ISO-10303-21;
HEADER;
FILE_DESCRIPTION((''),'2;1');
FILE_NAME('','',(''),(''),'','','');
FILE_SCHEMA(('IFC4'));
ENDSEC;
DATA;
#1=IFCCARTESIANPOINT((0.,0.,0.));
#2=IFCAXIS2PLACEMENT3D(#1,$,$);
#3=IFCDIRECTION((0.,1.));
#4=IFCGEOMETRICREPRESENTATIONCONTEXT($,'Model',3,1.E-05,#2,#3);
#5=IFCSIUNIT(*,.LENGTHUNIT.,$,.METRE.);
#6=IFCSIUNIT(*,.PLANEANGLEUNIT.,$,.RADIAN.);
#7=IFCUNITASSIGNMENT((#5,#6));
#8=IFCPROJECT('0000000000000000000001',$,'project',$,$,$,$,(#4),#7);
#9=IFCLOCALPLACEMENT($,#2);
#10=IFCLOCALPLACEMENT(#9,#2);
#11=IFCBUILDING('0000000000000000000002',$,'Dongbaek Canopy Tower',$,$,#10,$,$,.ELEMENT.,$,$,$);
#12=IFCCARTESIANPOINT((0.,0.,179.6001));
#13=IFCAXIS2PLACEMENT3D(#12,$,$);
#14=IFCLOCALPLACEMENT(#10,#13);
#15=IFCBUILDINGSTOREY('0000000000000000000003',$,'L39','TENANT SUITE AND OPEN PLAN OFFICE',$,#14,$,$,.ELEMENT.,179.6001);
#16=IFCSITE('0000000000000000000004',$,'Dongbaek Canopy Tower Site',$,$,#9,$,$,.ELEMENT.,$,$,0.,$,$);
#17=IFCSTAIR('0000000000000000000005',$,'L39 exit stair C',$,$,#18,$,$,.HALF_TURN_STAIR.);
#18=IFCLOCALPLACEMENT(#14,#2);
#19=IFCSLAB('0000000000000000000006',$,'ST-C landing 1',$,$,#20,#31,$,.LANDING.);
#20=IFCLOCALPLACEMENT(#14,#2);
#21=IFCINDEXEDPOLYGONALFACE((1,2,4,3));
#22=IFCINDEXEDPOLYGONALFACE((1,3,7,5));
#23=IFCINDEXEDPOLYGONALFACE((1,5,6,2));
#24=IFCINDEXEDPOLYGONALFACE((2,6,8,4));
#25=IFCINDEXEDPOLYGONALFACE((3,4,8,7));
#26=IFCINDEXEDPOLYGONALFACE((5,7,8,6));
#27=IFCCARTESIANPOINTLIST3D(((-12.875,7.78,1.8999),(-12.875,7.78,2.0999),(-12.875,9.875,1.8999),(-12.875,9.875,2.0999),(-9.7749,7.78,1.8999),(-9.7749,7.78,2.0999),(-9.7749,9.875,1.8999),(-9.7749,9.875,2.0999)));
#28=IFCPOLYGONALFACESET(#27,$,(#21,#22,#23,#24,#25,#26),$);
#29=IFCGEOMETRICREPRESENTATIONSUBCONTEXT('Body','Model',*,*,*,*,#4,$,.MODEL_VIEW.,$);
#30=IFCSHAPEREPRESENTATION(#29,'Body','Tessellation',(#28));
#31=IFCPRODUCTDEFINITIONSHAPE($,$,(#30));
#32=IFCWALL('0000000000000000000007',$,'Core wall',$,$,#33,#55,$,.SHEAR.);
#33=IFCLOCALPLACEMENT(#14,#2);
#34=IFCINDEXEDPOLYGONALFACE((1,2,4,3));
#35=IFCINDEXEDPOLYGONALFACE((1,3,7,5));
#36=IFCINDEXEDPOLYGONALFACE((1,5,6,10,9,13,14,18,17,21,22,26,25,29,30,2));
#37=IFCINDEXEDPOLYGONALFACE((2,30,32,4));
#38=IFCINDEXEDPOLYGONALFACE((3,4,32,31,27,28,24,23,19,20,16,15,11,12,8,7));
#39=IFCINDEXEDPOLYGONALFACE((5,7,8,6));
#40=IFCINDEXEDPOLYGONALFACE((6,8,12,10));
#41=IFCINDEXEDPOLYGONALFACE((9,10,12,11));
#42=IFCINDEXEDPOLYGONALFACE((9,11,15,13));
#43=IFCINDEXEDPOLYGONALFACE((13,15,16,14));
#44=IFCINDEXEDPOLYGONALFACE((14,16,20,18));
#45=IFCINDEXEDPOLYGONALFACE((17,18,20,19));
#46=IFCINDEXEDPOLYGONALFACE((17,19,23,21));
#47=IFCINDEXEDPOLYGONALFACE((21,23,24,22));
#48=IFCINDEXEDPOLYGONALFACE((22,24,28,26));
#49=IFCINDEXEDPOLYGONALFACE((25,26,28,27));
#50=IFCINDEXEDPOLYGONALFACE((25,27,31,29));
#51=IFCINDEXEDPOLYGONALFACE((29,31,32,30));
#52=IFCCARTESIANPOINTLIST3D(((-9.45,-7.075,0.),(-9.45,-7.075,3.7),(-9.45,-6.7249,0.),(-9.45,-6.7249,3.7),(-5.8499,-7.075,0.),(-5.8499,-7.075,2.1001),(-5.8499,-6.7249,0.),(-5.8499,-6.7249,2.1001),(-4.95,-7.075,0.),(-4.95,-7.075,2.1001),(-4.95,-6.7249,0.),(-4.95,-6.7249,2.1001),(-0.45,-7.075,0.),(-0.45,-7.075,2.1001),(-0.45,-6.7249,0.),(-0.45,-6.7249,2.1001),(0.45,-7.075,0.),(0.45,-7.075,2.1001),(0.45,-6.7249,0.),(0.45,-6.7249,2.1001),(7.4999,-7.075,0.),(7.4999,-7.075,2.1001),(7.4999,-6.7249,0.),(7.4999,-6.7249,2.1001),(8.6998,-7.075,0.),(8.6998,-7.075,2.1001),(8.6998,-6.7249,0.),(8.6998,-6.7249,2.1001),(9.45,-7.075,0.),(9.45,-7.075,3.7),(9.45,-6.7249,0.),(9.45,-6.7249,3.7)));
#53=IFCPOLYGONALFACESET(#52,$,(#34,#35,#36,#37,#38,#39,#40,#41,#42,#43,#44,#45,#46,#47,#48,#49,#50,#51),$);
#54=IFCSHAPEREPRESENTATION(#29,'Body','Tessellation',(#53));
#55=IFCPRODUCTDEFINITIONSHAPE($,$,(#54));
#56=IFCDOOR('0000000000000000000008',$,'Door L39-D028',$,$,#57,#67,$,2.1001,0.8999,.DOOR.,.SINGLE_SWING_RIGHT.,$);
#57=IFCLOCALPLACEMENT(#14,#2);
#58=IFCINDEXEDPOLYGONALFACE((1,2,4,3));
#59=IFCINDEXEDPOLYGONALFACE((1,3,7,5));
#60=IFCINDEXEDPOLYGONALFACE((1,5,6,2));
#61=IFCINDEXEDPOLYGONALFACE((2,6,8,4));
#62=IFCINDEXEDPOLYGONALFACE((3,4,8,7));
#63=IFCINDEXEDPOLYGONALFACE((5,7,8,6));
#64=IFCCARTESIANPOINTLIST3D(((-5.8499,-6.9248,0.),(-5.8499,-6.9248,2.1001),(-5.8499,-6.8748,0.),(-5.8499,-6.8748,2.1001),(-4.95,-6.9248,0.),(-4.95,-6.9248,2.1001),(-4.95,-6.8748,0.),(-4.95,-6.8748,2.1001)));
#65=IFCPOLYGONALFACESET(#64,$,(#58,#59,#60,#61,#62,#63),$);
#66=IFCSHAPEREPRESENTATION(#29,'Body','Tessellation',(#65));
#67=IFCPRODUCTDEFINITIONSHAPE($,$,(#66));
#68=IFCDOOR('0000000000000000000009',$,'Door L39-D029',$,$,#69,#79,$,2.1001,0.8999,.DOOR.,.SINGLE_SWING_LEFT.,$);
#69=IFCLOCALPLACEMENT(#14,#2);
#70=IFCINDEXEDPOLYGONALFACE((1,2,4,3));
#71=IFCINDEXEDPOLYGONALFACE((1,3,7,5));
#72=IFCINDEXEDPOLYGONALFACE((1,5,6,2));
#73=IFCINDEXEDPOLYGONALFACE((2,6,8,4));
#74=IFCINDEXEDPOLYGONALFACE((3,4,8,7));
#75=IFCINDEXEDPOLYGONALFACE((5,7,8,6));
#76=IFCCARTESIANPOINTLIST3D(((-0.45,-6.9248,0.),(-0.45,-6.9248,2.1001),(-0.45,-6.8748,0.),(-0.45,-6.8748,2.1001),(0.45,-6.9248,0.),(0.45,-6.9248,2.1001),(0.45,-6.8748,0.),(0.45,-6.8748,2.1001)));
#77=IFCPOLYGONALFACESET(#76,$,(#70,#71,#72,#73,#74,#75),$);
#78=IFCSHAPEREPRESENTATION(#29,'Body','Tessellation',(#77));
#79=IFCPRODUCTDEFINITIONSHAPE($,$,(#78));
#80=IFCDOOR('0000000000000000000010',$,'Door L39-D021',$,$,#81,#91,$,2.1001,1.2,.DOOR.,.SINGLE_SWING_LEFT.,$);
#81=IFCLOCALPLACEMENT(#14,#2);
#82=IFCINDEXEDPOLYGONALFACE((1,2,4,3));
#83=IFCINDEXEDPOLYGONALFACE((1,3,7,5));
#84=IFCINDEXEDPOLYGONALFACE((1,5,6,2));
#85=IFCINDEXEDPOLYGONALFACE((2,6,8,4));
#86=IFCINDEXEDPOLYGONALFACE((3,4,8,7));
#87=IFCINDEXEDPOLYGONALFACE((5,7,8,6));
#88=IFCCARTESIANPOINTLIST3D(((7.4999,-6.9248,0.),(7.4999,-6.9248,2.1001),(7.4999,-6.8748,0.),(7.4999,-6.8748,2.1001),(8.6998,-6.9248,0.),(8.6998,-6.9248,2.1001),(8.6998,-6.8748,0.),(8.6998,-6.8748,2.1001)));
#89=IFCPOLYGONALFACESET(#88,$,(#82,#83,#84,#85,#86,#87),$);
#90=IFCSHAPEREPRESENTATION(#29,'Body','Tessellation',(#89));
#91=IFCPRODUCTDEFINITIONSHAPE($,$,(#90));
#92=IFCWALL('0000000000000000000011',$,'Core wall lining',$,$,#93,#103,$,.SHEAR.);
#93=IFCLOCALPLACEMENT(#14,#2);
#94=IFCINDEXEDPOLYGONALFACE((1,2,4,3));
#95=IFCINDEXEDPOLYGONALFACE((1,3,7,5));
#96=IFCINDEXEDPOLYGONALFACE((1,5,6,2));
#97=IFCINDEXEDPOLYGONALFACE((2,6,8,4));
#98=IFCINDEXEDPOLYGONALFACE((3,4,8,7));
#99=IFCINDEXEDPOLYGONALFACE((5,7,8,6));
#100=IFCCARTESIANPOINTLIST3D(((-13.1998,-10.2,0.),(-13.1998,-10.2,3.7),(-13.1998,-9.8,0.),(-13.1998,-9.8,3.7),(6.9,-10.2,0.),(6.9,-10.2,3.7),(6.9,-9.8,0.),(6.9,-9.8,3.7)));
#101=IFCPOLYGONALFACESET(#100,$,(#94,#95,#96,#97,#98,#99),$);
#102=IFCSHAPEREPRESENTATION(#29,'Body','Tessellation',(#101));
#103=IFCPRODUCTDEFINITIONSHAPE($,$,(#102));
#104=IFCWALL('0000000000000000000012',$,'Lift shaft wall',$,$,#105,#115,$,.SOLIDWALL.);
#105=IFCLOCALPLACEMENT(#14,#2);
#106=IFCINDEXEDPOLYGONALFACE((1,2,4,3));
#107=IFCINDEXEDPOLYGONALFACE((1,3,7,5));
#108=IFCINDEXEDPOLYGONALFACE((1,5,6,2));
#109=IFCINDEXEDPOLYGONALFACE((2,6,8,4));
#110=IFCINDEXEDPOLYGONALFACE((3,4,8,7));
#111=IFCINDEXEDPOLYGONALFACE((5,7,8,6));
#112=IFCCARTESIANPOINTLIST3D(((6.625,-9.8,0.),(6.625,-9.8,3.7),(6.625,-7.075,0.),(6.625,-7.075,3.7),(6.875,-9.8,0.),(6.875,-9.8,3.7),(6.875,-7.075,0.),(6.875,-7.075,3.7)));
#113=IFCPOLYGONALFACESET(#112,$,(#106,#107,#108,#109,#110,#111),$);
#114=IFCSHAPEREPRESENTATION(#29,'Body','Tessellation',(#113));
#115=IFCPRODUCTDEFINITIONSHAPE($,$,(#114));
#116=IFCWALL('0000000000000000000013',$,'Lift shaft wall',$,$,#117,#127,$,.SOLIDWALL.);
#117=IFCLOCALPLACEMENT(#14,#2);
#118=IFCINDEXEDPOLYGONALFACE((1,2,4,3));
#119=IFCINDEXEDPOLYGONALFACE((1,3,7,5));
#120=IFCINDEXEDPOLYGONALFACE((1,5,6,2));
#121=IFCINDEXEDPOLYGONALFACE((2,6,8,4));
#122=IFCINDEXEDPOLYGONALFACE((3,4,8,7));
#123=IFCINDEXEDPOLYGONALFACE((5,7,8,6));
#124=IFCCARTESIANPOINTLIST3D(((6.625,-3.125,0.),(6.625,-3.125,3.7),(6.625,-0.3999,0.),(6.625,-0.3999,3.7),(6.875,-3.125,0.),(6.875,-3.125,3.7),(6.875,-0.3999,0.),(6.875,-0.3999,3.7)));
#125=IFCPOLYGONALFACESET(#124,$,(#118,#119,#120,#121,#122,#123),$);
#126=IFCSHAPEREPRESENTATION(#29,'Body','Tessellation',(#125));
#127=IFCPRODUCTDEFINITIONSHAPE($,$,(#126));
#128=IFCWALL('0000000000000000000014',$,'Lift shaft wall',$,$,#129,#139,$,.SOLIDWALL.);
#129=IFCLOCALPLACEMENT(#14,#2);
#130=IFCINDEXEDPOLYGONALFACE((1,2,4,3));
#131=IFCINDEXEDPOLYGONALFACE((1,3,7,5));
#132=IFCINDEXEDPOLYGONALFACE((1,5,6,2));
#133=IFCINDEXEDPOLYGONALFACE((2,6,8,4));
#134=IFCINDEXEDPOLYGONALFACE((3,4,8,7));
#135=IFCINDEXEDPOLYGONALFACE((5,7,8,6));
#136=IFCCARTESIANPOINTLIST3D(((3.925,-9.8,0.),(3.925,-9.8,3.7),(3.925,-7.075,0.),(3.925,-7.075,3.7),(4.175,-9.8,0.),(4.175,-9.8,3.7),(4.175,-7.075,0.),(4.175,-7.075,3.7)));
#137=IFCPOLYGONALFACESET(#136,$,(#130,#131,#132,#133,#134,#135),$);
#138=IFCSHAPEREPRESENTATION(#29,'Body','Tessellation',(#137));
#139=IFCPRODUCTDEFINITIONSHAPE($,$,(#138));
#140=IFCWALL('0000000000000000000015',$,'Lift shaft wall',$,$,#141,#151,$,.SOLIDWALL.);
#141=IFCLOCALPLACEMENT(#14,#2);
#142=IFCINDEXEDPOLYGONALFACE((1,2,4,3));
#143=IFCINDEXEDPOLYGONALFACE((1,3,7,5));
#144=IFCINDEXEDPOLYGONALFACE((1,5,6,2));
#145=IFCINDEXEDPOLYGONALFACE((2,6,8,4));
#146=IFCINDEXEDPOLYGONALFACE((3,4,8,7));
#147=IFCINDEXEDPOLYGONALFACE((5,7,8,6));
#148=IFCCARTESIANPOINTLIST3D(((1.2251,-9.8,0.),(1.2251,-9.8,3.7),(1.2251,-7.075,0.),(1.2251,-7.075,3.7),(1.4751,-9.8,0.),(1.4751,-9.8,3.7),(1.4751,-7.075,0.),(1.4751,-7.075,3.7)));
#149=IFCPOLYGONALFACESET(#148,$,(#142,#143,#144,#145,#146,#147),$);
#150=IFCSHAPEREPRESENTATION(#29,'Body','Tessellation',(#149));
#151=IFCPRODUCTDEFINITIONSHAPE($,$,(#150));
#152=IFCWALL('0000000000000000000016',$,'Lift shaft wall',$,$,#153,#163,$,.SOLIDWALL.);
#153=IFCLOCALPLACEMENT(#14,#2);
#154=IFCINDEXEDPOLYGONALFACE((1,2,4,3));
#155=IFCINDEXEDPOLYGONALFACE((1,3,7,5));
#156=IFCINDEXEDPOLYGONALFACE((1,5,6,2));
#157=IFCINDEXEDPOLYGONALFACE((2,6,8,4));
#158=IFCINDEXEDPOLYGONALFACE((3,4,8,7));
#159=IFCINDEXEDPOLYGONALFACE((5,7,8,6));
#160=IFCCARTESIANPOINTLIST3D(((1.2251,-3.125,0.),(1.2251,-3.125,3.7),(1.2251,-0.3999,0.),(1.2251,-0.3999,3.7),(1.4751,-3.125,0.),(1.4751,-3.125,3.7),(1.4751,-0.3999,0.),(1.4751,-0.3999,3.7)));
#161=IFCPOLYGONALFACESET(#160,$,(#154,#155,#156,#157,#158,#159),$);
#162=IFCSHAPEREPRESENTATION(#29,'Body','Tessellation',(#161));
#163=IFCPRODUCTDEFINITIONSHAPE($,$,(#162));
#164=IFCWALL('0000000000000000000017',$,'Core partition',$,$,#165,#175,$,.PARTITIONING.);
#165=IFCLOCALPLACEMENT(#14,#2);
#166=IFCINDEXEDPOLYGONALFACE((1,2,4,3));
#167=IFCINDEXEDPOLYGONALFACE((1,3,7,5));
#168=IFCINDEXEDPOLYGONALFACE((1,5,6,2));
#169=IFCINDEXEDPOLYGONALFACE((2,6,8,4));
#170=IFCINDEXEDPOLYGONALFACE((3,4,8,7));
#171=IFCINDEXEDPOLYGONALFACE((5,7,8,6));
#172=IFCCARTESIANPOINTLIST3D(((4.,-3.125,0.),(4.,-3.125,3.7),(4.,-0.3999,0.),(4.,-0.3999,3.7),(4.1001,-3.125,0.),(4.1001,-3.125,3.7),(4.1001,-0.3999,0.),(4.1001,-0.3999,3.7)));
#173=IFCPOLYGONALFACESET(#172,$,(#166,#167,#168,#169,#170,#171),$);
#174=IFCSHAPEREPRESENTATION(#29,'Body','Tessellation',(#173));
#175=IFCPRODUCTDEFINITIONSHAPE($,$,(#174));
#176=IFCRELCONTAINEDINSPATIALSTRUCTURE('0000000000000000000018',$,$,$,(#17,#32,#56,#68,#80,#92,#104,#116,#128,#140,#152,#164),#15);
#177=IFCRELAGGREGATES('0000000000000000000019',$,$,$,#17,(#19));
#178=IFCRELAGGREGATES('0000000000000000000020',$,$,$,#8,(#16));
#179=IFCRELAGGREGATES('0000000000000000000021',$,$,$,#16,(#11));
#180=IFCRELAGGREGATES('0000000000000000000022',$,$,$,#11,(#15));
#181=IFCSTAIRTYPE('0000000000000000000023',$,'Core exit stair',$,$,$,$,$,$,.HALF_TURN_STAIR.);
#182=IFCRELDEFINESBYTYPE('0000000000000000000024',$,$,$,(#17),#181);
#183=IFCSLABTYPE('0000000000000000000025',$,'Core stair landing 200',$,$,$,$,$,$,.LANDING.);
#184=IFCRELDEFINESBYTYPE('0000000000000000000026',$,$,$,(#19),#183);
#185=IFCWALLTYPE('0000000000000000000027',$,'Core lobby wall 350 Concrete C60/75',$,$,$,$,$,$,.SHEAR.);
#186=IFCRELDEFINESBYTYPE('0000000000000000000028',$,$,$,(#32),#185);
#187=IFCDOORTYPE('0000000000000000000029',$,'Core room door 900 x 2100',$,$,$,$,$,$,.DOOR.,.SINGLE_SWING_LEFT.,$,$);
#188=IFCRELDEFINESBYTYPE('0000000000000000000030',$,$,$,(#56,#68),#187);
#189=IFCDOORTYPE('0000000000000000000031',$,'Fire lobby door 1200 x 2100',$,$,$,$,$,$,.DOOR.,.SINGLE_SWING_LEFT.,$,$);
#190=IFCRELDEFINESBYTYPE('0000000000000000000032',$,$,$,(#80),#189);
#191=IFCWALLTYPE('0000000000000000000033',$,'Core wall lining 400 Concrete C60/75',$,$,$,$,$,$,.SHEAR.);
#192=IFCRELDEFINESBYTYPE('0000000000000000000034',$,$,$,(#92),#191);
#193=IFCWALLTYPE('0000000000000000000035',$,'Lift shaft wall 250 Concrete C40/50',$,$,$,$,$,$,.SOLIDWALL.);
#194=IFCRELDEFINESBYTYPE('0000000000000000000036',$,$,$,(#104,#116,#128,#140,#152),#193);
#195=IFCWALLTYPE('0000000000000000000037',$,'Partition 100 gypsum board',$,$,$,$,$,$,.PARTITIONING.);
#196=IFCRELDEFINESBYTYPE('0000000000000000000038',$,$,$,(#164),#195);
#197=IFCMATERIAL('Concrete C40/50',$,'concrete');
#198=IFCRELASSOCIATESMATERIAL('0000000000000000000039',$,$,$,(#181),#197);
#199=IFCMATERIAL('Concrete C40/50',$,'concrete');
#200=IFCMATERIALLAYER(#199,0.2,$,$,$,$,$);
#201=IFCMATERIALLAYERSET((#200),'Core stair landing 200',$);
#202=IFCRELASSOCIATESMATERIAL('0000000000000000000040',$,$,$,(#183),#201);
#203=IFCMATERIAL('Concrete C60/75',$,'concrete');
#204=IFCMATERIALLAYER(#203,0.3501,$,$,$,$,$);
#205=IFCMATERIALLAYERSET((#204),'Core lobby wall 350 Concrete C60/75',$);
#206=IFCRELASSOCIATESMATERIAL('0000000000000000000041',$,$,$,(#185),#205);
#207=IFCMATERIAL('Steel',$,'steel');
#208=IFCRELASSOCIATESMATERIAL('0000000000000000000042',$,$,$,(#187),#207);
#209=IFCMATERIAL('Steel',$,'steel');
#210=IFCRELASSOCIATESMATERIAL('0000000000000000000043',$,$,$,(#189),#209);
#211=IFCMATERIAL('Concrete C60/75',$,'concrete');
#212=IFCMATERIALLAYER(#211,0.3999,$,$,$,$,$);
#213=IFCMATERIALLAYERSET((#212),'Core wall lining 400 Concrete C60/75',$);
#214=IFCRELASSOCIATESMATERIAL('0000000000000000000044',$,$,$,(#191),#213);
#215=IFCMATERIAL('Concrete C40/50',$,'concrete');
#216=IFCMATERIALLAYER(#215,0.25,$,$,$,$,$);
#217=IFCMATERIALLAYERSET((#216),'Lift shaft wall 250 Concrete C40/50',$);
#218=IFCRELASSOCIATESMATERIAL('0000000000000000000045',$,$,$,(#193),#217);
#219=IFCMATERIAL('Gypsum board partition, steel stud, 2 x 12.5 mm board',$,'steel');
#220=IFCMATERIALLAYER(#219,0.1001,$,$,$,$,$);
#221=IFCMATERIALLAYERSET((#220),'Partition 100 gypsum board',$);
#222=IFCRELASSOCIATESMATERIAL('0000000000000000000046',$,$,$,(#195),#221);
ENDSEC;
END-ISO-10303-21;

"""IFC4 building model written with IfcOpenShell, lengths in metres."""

from ifc_helpers import new_model, si_unit, direction, frame, frame_2d, origin, place, context, subcontext, project, spatial, polyline, rectangle, outline, extrude, material, layer, layer_set, type_object, element, fill, aggregate, save


model = new_model("IFC4")

# Units and contexts
model_context = context("Model", 3, precision=1e-05, world=origin(), true_north=direction((0.0, 1.0)))
body_context = subcontext(model_context, "Body", "Model", "MODEL_VIEW")
ifc_project = project(units=[si_unit("LENGTHUNIT", "METRE"), si_unit("PLANEANGLEUNIT", "RADIAN")], contexts=[model_context])

# Site, building, storey
site_placement = place(None, origin())
site = spatial("IfcSite", under=ifc_project, at=site_placement, Name="Dongbaek Canopy Tower Site", CompositionType="ELEMENT", RefElevation=0.0)
building_placement = place(site_placement, origin())
building = spatial("IfcBuilding", under=site, at=building_placement, Name="Dongbaek Canopy Tower", CompositionType="ELEMENT")
storey_placement = place(building_placement, frame((0.0, 0.0, 179.6001)))
storey = spatial("IfcBuildingStorey", under=building, at=storey_placement, Name="L39", Description="TENANT SUITE AND OPEN PLAN OFFICE", CompositionType="ELEMENT", Elevation=179.6001)

# Stair, slab
ifc_material_1 = material(Name="Concrete C40/50", Category="concrete")
stair_type = type_object("IfcStairType", Name="Core exit stair", PredefinedType="HALF_TURN_STAIR", material=ifc_material_1)
stair_1_placement = place(storey_placement, origin())
stair_1 = element("IfcStair", 1, at=stair_1_placement, inside=storey, type_object=stair_type, Name="L39 exit stair C", PredefinedType="HALF_TURN_STAIR")
ifc_material_2 = material(Name="Concrete C40/50", Category="concrete")
ifc_layer_1 = layer(ifc_material_2, 0.2)
ifc_layer_set_1 = layer_set([ifc_layer_1], Name="Core stair landing 200")
slab_type = type_object("IfcSlabType", Name="Core stair landing 200", PredefinedType="LANDING", material=ifc_layer_set_1)
slab_placement = place(storey_placement, frame((0.0, 0.0, 1.8999)))
slab = element("IfcSlab", 2, at=slab_placement, type_object=slab_type, Name="ST-C landing 1", PredefinedType="LANDING", context=body_context, shape_type="SweptSolid", body=[
    extrude(outline(polyline([(-9.7749, 7.78), (-9.7749, 9.875), (-12.875, 9.875), (-12.875, 7.78), (-9.7749, 7.78)])), origin(), (0.0, 0.0, 1.0), 0.2),
])
aggregate(stair_1, [slab])

# Wall, openings, doors
ifc_material_3 = material(Name="Concrete C60/75", Category="concrete")
ifc_layer_2 = layer(ifc_material_3, 0.3501)
ifc_layer_set_2 = layer_set([ifc_layer_2], Name="Core lobby wall 350 Concrete C60/75")
wall_type_1 = type_object("IfcWallType", Name="Core lobby wall 350 Concrete C60/75", PredefinedType="SHEAR", material=ifc_layer_set_2)
wall_1_placement = place(storey_placement, frame((9.45, -6.8999, 0.0), z_axis=(0.0, 0.0, 1.0), x_axis=(-1.0, 0.0, 0.0)))
wall_1 = element("IfcWall", 3, at=wall_1_placement, inside=storey, type_object=wall_type_1, Name="Core wall", PredefinedType="SHEAR", context=body_context, shape_type="SweptSolid", body=[
    extrude(rectangle(XDim=18.8999, YDim=0.3501, at=frame_2d((9.45, 0.0))), origin(), (0.0, 0.0, 1.0), 3.7),
])
opening_1_placement = place(wall_1_placement, frame((0.75, 0.0, 0.0)))
opening_1 = element("IfcOpeningElement", 4, at=opening_1_placement, cuts=wall_1, PredefinedType="OPENING", context=body_context, shape_type="SweptSolid", body=[
    extrude(rectangle(XDim=1.2, YDim=2.1001, at=frame_2d((0.6001, 1.05))), frame((0.0, 0.1851, 0.0), z_axis=(0.0, -1.0, 0.0), x_axis=(1.0, 0.0, 0.0)), (0.0, 0.0, 1.0), 0.3701),
])
opening_2_placement = place(wall_1_placement, frame((14.3999, 0.0, 0.0)))
opening_2 = element("IfcOpeningElement", 5, at=opening_2_placement, cuts=wall_1, PredefinedType="OPENING", context=body_context, shape_type="SweptSolid", body=[
    extrude(rectangle(XDim=0.8999, YDim=2.1001, at=frame_2d((0.45, 1.05))), frame((0.0, 0.1851, 0.0), z_axis=(0.0, -1.0, 0.0), x_axis=(1.0, 0.0, 0.0)), (0.0, 0.0, 1.0), 0.3701),
])
opening_3_placement = place(wall_1_placement, frame((9.0, 0.0, 0.0)))
opening_3 = element("IfcOpeningElement", 6, at=opening_3_placement, cuts=wall_1, PredefinedType="OPENING", context=body_context, shape_type="SweptSolid", body=[
    extrude(rectangle(XDim=0.8999, YDim=2.1001, at=frame_2d((0.45, 1.05))), frame((0.0, 0.1851, 0.0), z_axis=(0.0, -1.0, 0.0), x_axis=(1.0, 0.0, 0.0)), (0.0, 0.0, 1.0), 0.3701),
])
ifc_material_4 = material(Name="Steel", Category="steel")
door_type_1 = type_object("IfcDoorType", Name="Core room door 900 x 2100", OperationType="SINGLE_SWING_LEFT", PredefinedType="DOOR", material=ifc_material_4)
door_1_placement = place(opening_2_placement, origin())
door_1 = element("IfcDoor", 7, at=door_1_placement, inside=storey, type_object=door_type_1, Name="Door L39-D028", OperationType="SINGLE_SWING_RIGHT", OverallHeight=2.1001, OverallWidth=0.8999, PredefinedType="DOOR", context=body_context, shape_type="SweptSolid", body=[
    extrude(rectangle(XDim=0.8999, YDim=2.1001, at=frame_2d((0.45, 1.05))), frame((0.0, 0.0249, 0.0), z_axis=(0.0, -1.0, 0.0), x_axis=(1.0, 0.0, 0.0)), (0.0, 0.0, 1.0), 0.05),
])
fill(opening_2, door_1)
door_2_placement = place(opening_3_placement, origin())
door_2 = element("IfcDoor", 8, at=door_2_placement, inside=storey, type_object=door_type_1, Name="Door L39-D029", OperationType="SINGLE_SWING_LEFT", OverallHeight=2.1001, OverallWidth=0.8999, PredefinedType="DOOR", context=body_context, shape_type="SweptSolid", body=[
    extrude(rectangle(XDim=0.8999, YDim=2.1001, at=frame_2d((0.45, 1.05))), frame((0.0, 0.0249, 0.0), z_axis=(0.0, -1.0, 0.0), x_axis=(1.0, 0.0, 0.0)), (0.0, 0.0, 1.0), 0.05),
])
fill(opening_3, door_2)
ifc_material_5 = material(Name="Steel", Category="steel")
door_type_2 = type_object("IfcDoorType", Name="Fire lobby door 1200 x 2100", OperationType="SINGLE_SWING_LEFT", PredefinedType="DOOR", material=ifc_material_5)
door_3_placement = place(opening_1_placement, origin())
door_3 = element("IfcDoor", 9, at=door_3_placement, inside=storey, type_object=door_type_2, Name="Door L39-D021", OperationType="SINGLE_SWING_LEFT", OverallHeight=2.1001, OverallWidth=1.2, PredefinedType="DOOR", context=body_context, shape_type="SweptSolid", body=[
    extrude(rectangle(XDim=1.2, YDim=2.1001, at=frame_2d((0.6001, 1.05))), frame((0.0, 0.0249, 0.0), z_axis=(0.0, -1.0, 0.0), x_axis=(1.0, 0.0, 0.0)), (0.0, 0.0, 1.0), 0.05),
])
fill(opening_1, door_3)

# Walls
ifc_material_6 = material(Name="Concrete C60/75", Category="concrete")
ifc_layer_3 = layer(ifc_material_6, 0.3999)
ifc_layer_set_3 = layer_set([ifc_layer_3], Name="Core wall lining 400 Concrete C60/75")
wall_type_2 = type_object("IfcWallType", Name="Core wall lining 400 Concrete C60/75", PredefinedType="SHEAR", material=ifc_layer_set_3)
wall_2_placement = place(storey_placement, frame((6.8999, -10.0, 0.0), z_axis=(0.0, 0.0, 1.0), x_axis=(-1.0, 0.0, 0.0)))
element("IfcWall", 10, at=wall_2_placement, inside=storey, type_object=wall_type_2, Name="Core wall lining", PredefinedType="SHEAR", context=body_context, shape_type="SweptSolid", body=[
    extrude(rectangle(XDim=20.0999, YDim=0.3999, at=frame_2d((10.0498, 0.0))), origin(), (0.0, 0.0, 1.0), 3.7),
])
ifc_material_7 = material(Name="Concrete C40/50", Category="concrete")
ifc_layer_4 = layer(ifc_material_7, 0.25)
ifc_layer_set_4 = layer_set([ifc_layer_4], Name="Lift shaft wall 250 Concrete C40/50")
wall_type_3 = type_object("IfcWallType", Name="Lift shaft wall 250 Concrete C40/50", PredefinedType="SOLIDWALL", material=ifc_layer_set_4)
for number, where, z_axis, x_axis, name in (
    (11, (6.75, -9.8, 0.0), (0.0, 0.0, 1.0), (0.0, 1.0, 0.0), "Lift shaft wall"),
    (12, (6.75, -3.125, 0.0), (0.0, 0.0, 1.0), (0.0, 1.0, 0.0), "Lift shaft wall"),
    (13, (4.05, -9.8, 0.0), (0.0, 0.0, 1.0), (0.0, 1.0, 0.0), "Lift shaft wall"),
    (14, (1.3501, -9.8, 0.0), (0.0, 0.0, 1.0), (0.0, 1.0, 0.0), "Lift shaft wall"),
    (15, (1.3501, -3.125, 0.0), (0.0, 0.0, 1.0), (0.0, 1.0, 0.0), "Lift shaft wall"),
):
    element("IfcWall", number, at=place(storey_placement, frame(where, z_axis=z_axis, x_axis=x_axis)), inside=storey, type_object=wall_type_3, Name=name, PredefinedType="SOLIDWALL", context=body_context, shape_type="SweptSolid", body=[
        extrude(rectangle(XDim=2.7251, YDim=0.25, at=frame_2d((1.3625, 0.0))), origin(), (0.0, 0.0, 1.0), 3.7),
    ])
ifc_material_8 = material(Name="Gypsum board partition, steel stud, 2 x 12.5 mm board", Category="steel")
ifc_layer_5 = layer(ifc_material_8, 0.1001)
ifc_layer_set_5 = layer_set([ifc_layer_5], Name="Partition 100 gypsum board")
wall_type_4 = type_object("IfcWallType", Name="Partition 100 gypsum board", PredefinedType="PARTITIONING", material=ifc_layer_set_5)
wall_3_placement = place(storey_placement, frame((4.05, -3.125, 0.0), z_axis=(0.0, 0.0, 1.0), x_axis=(0.0, 1.0, 0.0)))
element("IfcWall", 16, at=wall_3_placement, inside=storey, type_object=wall_type_4, Name="Core partition", PredefinedType="PARTITIONING", context=body_context, shape_type="SweptSolid", body=[
    extrude(rectangle(XDim=2.7251, YDim=0.1001, at=frame_2d((1.3625, 0.0))), origin(), (0.0, 0.0, 1.0), 3.7),
])

save(model, "model.ifc")
